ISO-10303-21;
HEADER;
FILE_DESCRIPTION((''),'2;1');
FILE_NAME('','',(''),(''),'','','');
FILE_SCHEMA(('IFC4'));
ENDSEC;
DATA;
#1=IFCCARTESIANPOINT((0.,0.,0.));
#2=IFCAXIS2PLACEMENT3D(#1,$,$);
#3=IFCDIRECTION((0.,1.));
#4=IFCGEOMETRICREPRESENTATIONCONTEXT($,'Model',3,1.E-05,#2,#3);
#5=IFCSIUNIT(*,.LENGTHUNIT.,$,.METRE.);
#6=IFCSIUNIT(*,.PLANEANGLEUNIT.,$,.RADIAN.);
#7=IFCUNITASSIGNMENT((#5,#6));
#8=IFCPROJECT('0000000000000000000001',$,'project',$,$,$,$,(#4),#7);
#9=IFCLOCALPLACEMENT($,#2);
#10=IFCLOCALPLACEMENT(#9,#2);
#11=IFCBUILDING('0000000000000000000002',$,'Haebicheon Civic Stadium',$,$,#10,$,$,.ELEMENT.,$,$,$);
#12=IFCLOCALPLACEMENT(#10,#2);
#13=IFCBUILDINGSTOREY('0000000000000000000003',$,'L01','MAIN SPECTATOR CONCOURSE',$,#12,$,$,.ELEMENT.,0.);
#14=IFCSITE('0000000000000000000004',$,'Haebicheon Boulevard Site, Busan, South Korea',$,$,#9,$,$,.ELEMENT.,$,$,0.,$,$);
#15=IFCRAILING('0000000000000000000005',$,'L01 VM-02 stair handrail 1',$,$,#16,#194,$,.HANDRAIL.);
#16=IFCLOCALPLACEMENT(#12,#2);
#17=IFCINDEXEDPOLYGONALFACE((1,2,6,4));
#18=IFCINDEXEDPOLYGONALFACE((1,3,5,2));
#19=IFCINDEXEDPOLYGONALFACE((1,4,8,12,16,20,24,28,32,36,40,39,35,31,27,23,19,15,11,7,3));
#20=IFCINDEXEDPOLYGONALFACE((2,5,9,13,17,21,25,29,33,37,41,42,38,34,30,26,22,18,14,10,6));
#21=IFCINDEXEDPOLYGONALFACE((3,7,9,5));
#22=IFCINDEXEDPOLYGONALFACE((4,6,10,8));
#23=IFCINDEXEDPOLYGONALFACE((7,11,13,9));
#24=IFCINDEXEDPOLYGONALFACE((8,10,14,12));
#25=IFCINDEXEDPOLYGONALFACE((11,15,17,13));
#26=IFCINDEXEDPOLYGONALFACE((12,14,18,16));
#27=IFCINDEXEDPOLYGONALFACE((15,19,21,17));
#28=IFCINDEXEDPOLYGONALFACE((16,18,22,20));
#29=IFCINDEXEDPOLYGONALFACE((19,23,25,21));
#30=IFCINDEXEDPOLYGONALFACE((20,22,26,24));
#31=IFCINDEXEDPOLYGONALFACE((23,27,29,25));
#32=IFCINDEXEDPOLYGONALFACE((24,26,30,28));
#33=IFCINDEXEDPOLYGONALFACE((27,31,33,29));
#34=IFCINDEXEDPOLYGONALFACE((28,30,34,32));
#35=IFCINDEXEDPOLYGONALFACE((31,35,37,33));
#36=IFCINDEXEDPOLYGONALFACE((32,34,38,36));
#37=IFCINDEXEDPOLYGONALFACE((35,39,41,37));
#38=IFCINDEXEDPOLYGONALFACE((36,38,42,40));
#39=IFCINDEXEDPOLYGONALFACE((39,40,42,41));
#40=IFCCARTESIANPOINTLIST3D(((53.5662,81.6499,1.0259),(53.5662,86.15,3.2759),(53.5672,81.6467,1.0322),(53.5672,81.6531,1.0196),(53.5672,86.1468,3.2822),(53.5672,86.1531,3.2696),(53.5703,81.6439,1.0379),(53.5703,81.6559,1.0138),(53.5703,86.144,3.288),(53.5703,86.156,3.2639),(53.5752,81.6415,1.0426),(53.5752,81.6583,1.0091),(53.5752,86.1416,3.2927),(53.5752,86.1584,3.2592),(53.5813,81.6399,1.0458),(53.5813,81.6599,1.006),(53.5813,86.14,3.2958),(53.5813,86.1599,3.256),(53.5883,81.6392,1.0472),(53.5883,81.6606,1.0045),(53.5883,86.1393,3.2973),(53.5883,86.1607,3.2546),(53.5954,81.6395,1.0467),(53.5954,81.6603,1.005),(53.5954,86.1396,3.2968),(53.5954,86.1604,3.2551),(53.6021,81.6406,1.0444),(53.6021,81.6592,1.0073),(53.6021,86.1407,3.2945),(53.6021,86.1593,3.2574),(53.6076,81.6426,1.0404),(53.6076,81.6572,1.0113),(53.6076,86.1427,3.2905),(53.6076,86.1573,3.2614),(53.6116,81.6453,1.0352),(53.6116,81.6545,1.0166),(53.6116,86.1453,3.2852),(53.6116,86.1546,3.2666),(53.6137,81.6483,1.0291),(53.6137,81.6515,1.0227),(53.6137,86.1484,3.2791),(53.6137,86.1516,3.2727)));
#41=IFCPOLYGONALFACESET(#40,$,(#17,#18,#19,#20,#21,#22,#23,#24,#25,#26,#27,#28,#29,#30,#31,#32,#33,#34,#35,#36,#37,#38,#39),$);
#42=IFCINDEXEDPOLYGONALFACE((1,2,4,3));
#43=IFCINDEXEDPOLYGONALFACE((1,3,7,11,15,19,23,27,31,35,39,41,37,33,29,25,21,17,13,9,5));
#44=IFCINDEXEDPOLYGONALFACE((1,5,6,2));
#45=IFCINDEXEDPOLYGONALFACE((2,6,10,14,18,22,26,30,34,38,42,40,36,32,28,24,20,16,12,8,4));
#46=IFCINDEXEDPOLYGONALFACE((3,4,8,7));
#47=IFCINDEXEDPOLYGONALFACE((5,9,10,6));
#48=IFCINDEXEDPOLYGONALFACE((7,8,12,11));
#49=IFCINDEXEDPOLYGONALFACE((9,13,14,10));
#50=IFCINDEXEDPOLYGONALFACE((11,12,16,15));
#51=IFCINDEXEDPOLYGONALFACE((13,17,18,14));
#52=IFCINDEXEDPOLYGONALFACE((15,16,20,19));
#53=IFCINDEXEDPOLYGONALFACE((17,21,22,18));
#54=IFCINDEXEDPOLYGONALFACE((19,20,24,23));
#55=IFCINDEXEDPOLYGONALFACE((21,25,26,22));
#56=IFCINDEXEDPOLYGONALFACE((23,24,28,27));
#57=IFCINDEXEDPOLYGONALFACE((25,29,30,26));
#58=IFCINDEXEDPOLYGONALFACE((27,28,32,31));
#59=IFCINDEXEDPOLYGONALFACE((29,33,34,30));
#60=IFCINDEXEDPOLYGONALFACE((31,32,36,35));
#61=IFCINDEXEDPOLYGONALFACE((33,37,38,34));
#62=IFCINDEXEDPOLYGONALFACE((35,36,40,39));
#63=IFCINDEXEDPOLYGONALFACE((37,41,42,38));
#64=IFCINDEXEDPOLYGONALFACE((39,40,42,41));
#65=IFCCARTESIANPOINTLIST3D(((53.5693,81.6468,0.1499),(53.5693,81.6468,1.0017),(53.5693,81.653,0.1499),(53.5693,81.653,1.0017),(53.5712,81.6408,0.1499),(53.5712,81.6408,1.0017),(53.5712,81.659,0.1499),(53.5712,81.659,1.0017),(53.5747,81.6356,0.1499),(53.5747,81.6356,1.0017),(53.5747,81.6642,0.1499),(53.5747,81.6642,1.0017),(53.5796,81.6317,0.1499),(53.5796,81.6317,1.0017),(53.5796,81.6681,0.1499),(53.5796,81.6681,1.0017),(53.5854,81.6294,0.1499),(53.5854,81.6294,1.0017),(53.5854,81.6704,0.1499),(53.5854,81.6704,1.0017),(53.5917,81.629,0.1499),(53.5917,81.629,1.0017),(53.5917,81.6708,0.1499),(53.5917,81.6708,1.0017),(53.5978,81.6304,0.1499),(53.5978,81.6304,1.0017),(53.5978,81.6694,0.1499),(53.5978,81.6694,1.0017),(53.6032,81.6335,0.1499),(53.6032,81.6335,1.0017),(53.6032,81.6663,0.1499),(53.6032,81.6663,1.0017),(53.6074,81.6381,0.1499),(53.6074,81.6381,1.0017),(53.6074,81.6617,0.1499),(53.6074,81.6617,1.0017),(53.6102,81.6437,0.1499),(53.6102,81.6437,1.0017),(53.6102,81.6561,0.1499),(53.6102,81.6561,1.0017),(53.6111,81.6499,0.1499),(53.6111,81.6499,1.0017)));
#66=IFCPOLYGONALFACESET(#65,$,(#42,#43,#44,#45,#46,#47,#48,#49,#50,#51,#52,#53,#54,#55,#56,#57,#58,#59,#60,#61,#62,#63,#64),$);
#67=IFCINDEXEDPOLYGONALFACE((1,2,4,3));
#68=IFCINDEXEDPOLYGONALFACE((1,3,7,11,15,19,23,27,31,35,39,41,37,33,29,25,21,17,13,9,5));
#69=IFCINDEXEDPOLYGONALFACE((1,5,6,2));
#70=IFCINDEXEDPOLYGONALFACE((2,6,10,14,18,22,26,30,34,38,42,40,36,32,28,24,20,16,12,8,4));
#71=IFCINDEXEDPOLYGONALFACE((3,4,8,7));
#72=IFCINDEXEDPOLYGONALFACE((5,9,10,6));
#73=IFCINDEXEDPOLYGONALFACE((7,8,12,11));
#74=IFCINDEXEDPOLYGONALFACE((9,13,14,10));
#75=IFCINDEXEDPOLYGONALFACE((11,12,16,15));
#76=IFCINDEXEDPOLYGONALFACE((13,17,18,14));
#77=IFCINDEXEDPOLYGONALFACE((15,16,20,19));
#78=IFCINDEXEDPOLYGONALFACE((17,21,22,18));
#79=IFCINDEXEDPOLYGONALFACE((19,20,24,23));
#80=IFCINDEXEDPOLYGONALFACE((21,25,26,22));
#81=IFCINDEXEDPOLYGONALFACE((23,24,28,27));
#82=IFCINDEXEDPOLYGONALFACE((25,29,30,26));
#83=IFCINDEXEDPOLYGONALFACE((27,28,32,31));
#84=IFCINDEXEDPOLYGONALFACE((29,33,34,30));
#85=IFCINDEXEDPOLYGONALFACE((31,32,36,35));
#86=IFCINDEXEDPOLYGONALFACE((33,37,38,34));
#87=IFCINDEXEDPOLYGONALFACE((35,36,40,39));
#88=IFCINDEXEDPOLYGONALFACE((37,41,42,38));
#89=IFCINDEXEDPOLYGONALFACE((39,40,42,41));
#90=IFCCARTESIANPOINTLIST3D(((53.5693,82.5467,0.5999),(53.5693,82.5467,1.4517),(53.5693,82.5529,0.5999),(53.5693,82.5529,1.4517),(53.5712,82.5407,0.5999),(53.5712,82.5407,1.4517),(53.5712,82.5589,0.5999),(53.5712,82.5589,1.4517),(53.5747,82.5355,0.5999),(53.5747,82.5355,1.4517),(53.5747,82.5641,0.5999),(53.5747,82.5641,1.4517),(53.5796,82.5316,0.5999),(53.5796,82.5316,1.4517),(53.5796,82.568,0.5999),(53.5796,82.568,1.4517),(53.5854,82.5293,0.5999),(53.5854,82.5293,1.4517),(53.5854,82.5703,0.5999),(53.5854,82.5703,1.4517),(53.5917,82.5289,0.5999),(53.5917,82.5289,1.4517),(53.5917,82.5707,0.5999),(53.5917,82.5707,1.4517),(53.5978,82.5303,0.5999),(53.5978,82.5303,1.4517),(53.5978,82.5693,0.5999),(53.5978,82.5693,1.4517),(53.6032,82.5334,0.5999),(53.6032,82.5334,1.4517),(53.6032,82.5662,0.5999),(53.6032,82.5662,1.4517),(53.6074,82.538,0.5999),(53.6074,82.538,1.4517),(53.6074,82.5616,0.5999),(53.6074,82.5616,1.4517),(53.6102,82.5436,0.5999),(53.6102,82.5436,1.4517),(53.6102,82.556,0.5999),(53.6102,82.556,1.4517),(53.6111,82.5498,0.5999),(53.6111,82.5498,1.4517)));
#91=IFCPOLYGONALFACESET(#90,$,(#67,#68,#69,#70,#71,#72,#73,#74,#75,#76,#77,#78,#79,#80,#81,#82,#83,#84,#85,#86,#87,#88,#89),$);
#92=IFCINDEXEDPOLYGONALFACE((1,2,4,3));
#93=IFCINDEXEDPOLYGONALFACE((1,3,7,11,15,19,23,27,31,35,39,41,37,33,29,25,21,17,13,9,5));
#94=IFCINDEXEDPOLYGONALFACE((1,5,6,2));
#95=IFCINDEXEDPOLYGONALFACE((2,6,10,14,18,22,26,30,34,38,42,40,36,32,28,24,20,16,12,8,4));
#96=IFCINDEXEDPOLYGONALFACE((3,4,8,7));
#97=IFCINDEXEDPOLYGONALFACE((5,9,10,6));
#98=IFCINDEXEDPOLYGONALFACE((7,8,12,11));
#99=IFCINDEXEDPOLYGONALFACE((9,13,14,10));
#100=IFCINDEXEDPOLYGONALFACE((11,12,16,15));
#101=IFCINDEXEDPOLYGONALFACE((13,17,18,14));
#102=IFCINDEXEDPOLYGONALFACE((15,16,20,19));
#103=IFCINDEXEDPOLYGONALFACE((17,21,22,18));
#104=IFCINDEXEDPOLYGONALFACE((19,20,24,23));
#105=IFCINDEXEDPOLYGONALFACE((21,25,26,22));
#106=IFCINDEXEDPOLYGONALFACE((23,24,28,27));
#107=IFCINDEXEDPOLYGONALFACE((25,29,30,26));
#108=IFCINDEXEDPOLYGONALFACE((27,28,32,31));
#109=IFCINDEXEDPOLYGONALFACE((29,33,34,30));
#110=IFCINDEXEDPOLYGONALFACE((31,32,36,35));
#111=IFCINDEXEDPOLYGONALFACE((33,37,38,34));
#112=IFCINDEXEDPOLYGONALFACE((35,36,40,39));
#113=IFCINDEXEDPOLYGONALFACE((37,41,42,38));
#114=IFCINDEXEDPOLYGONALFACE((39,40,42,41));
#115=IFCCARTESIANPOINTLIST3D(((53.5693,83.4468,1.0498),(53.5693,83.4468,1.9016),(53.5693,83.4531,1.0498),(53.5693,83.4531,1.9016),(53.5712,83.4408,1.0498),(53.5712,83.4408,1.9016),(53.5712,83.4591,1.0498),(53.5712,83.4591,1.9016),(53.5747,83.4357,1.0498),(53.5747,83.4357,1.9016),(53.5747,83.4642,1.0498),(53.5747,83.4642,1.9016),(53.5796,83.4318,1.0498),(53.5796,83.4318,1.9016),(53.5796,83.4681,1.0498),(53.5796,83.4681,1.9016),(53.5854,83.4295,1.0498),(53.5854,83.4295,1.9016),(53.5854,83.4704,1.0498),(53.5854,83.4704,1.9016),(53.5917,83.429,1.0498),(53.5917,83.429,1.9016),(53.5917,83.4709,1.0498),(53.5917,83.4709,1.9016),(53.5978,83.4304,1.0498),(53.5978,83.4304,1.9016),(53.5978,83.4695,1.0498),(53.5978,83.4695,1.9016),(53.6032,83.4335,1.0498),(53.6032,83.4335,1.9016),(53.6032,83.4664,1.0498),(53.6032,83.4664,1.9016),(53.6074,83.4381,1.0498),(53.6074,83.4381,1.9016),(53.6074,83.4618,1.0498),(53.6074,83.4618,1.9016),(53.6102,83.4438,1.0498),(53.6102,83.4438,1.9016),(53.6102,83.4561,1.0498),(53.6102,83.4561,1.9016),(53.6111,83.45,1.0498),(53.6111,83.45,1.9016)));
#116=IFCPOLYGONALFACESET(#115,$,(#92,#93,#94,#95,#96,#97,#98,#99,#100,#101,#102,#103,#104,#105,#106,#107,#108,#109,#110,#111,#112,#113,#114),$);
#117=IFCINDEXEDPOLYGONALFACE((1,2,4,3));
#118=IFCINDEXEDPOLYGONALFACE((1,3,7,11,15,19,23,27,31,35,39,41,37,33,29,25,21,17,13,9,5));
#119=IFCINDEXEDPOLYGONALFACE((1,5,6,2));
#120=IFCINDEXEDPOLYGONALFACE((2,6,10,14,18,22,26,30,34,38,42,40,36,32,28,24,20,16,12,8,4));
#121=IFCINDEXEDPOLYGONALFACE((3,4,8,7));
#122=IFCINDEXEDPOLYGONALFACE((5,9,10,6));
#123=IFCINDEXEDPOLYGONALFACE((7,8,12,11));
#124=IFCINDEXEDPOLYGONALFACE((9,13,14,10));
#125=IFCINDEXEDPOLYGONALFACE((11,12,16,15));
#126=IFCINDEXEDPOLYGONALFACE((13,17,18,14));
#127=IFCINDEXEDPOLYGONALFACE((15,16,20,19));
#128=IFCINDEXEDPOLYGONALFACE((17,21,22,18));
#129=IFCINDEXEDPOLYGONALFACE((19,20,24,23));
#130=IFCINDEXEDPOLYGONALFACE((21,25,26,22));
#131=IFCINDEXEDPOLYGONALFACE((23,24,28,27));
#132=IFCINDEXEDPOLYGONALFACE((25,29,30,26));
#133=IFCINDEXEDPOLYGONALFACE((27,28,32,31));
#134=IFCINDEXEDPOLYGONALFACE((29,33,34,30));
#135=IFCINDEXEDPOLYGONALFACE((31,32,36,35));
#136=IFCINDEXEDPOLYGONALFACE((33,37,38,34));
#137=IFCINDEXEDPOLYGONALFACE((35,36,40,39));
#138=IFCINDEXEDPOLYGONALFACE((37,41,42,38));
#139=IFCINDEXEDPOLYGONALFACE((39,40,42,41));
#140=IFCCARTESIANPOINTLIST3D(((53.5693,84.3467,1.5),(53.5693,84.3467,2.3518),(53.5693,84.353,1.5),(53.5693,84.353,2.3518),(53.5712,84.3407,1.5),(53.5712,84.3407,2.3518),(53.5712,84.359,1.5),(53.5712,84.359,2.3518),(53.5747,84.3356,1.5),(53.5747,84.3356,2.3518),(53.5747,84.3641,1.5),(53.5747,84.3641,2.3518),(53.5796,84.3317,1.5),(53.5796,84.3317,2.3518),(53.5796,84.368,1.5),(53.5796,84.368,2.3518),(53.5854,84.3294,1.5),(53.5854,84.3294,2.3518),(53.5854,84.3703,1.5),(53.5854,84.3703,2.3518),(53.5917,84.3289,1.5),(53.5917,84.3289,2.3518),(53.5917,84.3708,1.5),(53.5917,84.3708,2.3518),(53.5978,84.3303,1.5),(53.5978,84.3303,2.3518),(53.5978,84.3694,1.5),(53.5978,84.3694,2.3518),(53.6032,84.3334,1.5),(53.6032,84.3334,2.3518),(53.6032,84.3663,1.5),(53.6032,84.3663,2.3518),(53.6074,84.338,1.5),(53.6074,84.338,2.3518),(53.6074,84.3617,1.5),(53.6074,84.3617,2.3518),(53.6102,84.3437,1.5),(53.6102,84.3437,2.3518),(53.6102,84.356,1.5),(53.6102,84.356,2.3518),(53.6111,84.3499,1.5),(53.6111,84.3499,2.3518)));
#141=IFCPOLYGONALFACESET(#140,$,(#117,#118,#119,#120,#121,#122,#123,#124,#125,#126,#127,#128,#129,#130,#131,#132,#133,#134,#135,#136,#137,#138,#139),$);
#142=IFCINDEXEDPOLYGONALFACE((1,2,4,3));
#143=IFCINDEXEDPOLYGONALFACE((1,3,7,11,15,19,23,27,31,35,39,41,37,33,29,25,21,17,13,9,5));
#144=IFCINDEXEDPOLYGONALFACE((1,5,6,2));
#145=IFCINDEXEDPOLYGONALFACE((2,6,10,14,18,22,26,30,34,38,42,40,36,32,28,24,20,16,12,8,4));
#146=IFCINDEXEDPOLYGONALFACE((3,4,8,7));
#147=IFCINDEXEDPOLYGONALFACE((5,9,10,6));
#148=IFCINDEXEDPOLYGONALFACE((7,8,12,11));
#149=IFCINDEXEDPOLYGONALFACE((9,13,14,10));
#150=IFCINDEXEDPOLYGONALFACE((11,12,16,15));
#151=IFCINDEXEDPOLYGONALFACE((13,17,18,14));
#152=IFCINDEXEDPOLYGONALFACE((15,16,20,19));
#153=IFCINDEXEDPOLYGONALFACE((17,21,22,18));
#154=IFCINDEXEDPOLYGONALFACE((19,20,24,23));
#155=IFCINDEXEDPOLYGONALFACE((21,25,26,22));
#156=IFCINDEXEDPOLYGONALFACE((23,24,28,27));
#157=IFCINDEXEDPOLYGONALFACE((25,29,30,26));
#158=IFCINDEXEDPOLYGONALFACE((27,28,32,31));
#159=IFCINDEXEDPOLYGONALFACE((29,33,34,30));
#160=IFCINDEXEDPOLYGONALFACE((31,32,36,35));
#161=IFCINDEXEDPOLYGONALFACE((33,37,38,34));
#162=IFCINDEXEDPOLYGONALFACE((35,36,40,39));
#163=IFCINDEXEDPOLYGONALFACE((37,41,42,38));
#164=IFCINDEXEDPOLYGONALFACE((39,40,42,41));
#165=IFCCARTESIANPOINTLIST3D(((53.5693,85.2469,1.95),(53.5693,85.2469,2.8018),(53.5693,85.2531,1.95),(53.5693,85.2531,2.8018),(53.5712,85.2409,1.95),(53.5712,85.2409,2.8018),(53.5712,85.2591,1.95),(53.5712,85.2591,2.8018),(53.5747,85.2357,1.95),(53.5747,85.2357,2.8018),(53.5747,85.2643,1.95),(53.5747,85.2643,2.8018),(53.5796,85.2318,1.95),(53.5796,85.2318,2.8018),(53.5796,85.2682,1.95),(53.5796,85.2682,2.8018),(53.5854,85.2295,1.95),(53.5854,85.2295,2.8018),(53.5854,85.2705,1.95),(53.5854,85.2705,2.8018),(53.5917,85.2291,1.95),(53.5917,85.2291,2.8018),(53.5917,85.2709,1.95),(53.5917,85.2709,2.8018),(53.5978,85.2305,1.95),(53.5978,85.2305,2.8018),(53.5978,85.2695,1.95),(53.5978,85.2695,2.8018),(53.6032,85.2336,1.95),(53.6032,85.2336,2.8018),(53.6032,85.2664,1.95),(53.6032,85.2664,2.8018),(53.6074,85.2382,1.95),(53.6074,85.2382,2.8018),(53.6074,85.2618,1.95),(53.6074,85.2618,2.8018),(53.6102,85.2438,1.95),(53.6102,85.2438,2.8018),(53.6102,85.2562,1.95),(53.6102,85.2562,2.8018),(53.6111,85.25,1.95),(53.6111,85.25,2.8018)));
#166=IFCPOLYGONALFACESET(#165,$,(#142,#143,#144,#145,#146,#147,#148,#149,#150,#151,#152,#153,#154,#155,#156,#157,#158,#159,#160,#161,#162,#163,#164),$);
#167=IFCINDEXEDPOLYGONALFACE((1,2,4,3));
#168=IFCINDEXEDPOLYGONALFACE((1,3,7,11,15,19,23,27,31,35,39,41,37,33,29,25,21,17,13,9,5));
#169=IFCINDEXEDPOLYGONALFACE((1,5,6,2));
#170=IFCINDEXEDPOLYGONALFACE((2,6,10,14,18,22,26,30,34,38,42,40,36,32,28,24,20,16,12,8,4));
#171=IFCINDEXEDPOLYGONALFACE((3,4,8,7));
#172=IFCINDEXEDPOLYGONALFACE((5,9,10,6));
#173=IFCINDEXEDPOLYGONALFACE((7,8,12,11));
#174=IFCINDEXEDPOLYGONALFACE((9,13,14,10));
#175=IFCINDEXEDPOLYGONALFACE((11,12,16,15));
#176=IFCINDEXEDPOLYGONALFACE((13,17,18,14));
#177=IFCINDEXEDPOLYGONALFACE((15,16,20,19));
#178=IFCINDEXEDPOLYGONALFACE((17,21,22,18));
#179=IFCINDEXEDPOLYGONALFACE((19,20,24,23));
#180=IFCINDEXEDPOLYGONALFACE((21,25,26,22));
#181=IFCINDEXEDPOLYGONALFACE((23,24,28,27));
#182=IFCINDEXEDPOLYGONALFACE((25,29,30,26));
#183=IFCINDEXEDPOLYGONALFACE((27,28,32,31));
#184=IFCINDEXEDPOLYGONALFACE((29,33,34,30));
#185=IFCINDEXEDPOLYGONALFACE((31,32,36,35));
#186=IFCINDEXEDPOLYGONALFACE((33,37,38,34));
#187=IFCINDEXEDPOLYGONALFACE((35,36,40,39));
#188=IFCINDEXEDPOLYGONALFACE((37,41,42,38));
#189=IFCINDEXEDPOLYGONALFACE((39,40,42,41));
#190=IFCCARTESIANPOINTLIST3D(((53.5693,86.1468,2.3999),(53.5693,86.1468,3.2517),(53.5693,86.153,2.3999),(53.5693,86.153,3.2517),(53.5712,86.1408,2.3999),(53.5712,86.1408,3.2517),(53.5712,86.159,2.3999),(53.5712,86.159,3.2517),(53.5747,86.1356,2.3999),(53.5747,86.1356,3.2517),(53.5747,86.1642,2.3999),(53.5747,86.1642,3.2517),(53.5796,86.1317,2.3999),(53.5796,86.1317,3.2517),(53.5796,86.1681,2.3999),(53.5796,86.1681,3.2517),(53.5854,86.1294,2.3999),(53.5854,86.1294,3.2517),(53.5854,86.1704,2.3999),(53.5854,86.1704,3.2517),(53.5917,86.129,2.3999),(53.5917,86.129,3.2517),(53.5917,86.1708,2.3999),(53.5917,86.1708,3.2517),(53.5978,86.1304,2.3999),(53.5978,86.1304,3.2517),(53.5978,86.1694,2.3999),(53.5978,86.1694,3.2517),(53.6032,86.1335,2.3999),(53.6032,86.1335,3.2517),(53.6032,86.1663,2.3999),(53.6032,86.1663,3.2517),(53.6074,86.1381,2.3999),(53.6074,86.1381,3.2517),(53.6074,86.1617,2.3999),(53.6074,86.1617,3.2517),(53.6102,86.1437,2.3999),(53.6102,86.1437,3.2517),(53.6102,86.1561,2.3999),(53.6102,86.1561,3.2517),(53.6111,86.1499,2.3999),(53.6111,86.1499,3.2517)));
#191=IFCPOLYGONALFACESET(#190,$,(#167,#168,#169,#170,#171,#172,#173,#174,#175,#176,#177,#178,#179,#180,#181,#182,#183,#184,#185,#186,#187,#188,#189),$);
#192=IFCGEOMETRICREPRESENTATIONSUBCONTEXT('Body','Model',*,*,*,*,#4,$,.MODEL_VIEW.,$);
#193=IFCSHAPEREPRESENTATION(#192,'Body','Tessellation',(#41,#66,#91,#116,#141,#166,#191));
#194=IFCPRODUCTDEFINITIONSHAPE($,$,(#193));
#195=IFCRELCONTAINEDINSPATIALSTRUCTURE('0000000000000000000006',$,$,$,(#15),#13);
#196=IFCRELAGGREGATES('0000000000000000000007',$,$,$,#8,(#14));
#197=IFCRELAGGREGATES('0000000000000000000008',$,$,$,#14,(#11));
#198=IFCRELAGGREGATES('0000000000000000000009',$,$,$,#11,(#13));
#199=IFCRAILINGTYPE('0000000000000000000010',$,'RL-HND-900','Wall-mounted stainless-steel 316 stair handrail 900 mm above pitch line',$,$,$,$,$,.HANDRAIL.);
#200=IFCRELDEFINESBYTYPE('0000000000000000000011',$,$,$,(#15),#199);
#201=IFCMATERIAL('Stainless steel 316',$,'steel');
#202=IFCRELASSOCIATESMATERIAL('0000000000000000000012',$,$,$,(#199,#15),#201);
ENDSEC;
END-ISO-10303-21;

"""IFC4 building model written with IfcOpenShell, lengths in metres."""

from ifc_helpers import new_model, si_unit, direction, frame, origin, origin_2d, place, context, subcontext, project, spatial, circle, extrude, material, type_object, element, save


model = new_model("IFC4")

# Units and contexts
model_context = context("Model", 3, precision=1e-05, world=origin(), true_north=direction((0.0, 1.0)))
body_context = subcontext(model_context, "Body", "Model", "MODEL_VIEW")
ifc_project = project(units=[si_unit("LENGTHUNIT", "METRE"), si_unit("PLANEANGLEUNIT", "RADIAN")], contexts=[model_context])

# Site, building, storey
site_placement = place(None, origin())
site = spatial("IfcSite", under=ifc_project, at=site_placement, Name="Haebicheon Boulevard Site, Busan, South Korea", CompositionType="ELEMENT", RefElevation=0.0)
building_placement = place(site_placement, origin())
building = spatial("IfcBuilding", under=site, at=building_placement, Name="Haebicheon Civic Stadium", CompositionType="ELEMENT")
storey_placement = place(building_placement, origin())
storey = spatial("IfcBuildingStorey", under=building, at=storey_placement, Name="L01", Description="MAIN SPECTATOR CONCOURSE", CompositionType="ELEMENT", Elevation=0.0)

# Railing
ifc_material_1 = material(Name="Stainless steel 316", Category="steel")
railing_type_1 = type_object("IfcRailingType", Name="RL-HND-900", Description="Wall-mounted stainless-steel 316 stair handrail 900 mm above pitch line", PredefinedType="HANDRAIL", material=ifc_material_1)
railing_1_placement = place(storey_placement, frame((53.5901, 81.6499, 0.1499)))
element("IfcRailing", 1, at=railing_1_placement, inside=storey, type_object=railing_type_1, material=ifc_material_1, Name="L01 VM-02 stair handrail 1", PredefinedType="HANDRAIL", context=body_context, shape_type="SweptSolid", body=[
    extrude(circle(Radius=0.0239, at=origin_2d()), frame((0.0, 0.0, 0.876), z_axis=(0.0, 0.894427, 0.447214), x_axis=(-1.0, 0.0, 0.0)), (0.0, 0.0, 1.0), 5.0312),
    extrude(circle(Radius=0.021, at=origin_2d()), origin(), (0.0, 0.0, 1.0), 0.8518),
    extrude(circle(Radius=0.021, at=origin_2d()), frame((0.0, 0.8999, 0.45)), (0.0, 0.0, 1.0), 0.8518),
    extrude(circle(Radius=0.021, at=origin_2d()), frame((0.0, 1.8, 0.8999)), (0.0, 0.0, 1.0), 0.8518),
    extrude(circle(Radius=0.021, at=origin_2d()), frame((0.0, 2.7, 1.3501)), (0.0, 0.0, 1.0), 0.8518),
    extrude(circle(Radius=0.021, at=origin_2d()), frame((0.0, 3.6001, 1.8)), (0.0, 0.0, 1.0), 0.8518),
    extrude(circle(Radius=0.021, at=origin_2d()), frame((0.0, 4.5, 2.25)), (0.0, 0.0, 1.0), 0.8518),
])

save(model, "model.ifc")
